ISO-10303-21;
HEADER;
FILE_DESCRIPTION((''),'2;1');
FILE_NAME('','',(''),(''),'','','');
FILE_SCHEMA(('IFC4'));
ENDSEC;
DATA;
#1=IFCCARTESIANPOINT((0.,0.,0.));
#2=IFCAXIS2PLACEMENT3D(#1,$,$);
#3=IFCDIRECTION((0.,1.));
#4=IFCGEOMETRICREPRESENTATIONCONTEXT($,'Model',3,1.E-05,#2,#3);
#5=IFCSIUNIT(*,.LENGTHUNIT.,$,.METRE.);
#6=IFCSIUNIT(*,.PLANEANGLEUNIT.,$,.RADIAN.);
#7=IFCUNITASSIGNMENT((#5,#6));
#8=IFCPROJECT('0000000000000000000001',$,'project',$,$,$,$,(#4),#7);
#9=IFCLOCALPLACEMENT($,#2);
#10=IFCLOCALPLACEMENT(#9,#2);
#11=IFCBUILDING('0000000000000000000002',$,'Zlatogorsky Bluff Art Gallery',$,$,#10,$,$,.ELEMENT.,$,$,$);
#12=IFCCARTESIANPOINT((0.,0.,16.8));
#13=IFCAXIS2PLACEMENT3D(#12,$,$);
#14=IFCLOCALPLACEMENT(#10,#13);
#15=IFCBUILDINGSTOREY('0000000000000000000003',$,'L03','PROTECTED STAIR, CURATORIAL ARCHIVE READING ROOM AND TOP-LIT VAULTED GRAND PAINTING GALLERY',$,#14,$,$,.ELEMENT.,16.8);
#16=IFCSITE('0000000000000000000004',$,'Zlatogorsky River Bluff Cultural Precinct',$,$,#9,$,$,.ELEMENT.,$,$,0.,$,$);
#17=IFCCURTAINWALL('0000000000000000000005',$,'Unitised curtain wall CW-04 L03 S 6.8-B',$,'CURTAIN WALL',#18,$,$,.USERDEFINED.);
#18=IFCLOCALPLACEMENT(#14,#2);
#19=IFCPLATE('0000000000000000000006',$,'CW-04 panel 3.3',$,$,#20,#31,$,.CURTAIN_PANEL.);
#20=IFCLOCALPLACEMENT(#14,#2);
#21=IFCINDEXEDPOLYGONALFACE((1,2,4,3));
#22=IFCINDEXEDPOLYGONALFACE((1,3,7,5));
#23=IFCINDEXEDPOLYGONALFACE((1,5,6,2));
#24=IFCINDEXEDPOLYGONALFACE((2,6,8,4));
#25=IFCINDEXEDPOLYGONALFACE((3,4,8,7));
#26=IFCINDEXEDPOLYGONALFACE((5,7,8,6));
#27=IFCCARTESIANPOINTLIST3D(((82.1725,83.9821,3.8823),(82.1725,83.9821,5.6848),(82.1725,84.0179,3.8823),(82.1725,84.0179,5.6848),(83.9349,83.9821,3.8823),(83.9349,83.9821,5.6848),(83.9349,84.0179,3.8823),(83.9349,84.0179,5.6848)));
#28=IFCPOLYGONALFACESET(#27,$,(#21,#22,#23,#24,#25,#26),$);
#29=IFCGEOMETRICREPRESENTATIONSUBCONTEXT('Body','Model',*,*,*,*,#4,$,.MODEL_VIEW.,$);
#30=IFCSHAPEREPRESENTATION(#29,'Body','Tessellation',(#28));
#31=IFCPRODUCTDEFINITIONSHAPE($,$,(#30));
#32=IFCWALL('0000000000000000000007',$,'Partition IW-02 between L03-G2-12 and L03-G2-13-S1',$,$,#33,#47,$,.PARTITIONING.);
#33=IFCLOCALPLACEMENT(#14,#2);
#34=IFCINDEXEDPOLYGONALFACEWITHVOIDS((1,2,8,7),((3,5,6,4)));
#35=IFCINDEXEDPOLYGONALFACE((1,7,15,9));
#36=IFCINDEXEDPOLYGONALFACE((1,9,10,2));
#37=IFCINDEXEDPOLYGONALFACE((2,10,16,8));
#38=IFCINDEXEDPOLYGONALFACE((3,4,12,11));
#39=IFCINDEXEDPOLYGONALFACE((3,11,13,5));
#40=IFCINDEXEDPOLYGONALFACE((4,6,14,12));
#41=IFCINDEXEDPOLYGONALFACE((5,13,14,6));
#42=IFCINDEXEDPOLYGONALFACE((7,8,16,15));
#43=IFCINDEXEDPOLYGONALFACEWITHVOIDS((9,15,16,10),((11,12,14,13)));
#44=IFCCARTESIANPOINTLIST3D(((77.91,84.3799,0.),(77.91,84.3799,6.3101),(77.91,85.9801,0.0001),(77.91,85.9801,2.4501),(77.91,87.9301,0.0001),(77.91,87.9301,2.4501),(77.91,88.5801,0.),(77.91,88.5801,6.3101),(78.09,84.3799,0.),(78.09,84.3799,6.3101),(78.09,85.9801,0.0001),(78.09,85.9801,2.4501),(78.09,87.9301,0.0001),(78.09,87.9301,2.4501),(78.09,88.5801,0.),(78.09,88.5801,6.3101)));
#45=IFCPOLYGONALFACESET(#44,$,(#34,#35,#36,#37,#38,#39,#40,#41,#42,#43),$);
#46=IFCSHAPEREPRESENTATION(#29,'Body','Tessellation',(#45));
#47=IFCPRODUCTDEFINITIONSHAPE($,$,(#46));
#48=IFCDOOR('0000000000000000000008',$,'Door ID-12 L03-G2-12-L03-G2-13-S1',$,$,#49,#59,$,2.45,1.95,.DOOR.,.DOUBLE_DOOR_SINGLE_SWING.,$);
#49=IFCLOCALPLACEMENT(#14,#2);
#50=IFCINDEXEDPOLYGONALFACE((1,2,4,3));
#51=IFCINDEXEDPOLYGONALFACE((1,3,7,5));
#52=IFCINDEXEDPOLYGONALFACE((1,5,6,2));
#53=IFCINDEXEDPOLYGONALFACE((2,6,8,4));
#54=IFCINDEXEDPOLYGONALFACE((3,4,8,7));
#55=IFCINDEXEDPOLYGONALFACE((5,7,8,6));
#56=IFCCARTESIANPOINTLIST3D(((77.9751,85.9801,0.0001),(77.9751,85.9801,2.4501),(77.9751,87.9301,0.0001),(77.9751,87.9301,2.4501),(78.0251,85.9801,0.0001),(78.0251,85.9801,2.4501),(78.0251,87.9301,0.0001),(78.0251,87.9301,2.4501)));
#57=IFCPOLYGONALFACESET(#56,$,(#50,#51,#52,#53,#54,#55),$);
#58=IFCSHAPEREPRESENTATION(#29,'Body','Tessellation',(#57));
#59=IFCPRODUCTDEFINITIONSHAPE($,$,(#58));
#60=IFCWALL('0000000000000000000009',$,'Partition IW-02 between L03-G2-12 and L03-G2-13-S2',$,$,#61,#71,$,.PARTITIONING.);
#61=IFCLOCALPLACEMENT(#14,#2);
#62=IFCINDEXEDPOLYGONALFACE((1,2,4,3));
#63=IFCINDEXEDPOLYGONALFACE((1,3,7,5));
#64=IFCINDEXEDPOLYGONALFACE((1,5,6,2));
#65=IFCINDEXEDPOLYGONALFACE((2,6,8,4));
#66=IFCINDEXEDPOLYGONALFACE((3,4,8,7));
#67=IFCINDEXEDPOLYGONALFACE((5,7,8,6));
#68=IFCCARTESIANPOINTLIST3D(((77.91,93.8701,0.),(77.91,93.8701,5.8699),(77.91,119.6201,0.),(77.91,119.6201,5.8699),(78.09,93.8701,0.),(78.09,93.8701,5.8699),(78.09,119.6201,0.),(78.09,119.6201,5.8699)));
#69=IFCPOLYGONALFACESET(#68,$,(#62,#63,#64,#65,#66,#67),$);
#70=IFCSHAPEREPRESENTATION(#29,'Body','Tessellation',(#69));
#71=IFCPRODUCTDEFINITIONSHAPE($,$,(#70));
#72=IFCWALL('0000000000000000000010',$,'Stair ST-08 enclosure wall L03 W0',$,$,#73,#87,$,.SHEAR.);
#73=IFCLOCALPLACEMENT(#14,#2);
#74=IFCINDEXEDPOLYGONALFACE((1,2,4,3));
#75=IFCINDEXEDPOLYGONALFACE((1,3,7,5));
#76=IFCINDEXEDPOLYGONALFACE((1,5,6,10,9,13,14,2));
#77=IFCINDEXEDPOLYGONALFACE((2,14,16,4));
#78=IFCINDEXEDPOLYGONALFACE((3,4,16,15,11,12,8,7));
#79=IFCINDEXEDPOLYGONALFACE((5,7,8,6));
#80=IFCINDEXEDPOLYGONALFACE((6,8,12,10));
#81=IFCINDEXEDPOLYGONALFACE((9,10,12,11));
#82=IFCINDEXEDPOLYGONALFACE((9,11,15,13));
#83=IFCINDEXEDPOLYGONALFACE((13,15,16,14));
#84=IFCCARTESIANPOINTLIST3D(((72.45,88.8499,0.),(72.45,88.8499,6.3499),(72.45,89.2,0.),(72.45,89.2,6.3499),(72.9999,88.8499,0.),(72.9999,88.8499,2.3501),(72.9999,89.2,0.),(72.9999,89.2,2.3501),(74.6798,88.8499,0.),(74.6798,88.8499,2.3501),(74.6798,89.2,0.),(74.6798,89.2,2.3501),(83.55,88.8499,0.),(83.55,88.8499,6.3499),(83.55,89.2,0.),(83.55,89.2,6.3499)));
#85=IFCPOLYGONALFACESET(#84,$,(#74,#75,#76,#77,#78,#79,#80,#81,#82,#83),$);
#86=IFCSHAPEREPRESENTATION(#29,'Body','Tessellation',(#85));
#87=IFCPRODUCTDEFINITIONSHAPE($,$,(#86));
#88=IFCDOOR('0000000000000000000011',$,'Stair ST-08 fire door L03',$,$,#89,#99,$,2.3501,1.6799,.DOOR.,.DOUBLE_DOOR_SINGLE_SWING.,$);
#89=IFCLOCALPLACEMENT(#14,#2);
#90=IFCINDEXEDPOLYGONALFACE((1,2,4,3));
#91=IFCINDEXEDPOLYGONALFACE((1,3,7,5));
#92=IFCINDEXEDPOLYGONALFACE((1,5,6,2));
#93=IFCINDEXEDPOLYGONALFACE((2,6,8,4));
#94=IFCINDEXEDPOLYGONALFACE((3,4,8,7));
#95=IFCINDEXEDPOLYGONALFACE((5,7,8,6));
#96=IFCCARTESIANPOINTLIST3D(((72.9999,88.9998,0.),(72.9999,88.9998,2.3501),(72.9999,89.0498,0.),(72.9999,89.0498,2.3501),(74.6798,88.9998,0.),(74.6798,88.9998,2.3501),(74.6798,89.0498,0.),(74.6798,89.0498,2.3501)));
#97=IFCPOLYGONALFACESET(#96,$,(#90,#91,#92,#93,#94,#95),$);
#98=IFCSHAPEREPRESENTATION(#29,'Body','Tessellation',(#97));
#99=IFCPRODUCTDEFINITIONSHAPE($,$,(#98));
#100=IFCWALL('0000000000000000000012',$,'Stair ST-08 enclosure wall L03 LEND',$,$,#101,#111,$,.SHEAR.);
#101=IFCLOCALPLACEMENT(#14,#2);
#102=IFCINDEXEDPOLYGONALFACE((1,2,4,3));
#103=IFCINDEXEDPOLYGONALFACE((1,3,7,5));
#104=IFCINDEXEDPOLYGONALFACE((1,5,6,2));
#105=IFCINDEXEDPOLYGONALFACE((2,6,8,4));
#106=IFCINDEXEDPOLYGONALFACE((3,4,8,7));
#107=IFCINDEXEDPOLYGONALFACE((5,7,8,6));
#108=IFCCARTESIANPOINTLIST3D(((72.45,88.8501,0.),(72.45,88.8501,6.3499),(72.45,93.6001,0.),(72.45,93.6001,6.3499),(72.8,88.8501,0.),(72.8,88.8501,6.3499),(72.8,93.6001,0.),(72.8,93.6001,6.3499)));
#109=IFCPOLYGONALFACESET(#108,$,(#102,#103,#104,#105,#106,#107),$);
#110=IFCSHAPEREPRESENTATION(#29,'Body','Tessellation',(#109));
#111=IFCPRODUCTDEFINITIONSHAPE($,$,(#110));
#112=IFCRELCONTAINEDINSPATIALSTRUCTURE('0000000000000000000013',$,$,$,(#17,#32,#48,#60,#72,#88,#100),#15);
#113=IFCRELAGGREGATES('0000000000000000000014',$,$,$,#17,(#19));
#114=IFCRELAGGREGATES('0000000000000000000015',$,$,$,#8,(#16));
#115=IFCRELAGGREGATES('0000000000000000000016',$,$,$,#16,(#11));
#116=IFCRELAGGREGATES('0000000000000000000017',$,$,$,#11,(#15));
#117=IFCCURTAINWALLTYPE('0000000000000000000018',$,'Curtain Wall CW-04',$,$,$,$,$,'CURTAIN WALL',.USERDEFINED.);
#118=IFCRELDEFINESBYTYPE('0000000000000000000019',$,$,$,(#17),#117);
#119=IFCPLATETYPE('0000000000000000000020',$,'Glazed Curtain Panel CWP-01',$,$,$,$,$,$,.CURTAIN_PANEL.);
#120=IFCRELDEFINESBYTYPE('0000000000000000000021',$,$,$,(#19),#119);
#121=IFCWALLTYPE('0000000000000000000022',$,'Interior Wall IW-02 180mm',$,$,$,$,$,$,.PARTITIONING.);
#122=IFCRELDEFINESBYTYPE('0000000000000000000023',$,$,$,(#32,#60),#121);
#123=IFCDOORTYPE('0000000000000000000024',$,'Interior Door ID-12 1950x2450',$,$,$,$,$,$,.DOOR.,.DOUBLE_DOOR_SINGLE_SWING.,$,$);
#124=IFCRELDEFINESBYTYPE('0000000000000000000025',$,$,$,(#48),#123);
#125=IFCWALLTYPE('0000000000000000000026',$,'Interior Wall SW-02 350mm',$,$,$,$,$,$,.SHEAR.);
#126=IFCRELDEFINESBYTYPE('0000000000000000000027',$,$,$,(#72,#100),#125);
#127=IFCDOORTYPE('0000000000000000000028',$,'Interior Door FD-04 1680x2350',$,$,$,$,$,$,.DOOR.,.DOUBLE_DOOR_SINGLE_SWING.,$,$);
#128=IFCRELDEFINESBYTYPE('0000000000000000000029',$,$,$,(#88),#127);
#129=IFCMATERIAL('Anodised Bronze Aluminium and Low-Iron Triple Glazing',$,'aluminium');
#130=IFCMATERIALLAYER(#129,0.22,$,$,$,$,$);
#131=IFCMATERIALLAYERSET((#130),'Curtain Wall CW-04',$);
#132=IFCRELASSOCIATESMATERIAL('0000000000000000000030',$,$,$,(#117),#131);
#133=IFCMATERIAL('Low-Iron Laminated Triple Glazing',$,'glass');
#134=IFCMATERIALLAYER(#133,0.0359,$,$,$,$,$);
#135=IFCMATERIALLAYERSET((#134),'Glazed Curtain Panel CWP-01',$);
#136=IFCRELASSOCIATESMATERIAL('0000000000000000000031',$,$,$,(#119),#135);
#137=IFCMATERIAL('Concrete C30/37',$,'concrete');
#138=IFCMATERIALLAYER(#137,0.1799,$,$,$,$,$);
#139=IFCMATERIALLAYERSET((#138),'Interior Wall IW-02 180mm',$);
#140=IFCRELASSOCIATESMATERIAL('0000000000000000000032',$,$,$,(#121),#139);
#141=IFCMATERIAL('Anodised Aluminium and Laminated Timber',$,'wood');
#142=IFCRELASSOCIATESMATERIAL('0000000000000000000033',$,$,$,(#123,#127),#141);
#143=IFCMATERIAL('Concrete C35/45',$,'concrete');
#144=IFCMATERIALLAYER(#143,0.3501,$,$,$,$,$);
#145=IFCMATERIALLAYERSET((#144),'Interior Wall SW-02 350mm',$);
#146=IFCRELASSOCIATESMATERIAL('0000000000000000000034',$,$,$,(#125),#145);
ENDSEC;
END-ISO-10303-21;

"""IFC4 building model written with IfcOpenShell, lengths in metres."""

from ifc_helpers import new_model, si_unit, direction, frame, frame_2d, origin, origin_2d, place, context, subcontext, project, spatial, rectangle, extrude, material, layer, layer_set, type_object, element, fill, aggregate, save


model = new_model("IFC4")

# Units and contexts
model_context = context("Model", 3, precision=1e-05, world=origin(), true_north=direction((0.0, 1.0)))
body_context = subcontext(model_context, "Body", "Model", "MODEL_VIEW")
ifc_project = project(units=[si_unit("LENGTHUNIT", "METRE"), si_unit("PLANEANGLEUNIT", "RADIAN")], contexts=[model_context])

# Site, building, storey
site_placement = place(None, origin())
site = spatial("IfcSite", under=ifc_project, at=site_placement, Name="Zlatogorsky River Bluff Cultural Precinct", CompositionType="ELEMENT", RefElevation=0.0)
building_placement = place(site_placement, origin())
building = spatial("IfcBuilding", under=site, at=building_placement, Name="Zlatogorsky Bluff Art Gallery", CompositionType="ELEMENT")
storey_placement = place(building_placement, frame((0.0, 0.0, 16.8)))
storey = spatial("IfcBuildingStorey", under=building, at=storey_placement, Name="L03", Description="PROTECTED STAIR, CURATORIAL ARCHIVE READING ROOM AND TOP-LIT VAULTED GRAND PAINTING GALLERY", CompositionType="ELEMENT", Elevation=16.8)

# Curtain wall, plate
ifc_material_1 = material(Name="Anodised Bronze Aluminium and Low-Iron Triple Glazing", Category="aluminium")
ifc_layer_1 = layer(ifc_material_1, 0.22)
ifc_layer_set_1 = layer_set([ifc_layer_1], Name="Curtain Wall CW-04")
curtain_wall_type = type_object("IfcCurtainWallType", Name="Curtain Wall CW-04", ElementType="CURTAIN WALL", PredefinedType="USERDEFINED", material=ifc_layer_set_1)
curtain_wall_placement = place(storey_placement, origin())
curtain_wall = element("IfcCurtainWall", 1, at=curtain_wall_placement, inside=storey, type_object=curtain_wall_type, Name="Unitised curtain wall CW-04 L03 S 6.8-B", ObjectType="CURTAIN WALL", PredefinedType="USERDEFINED")
ifc_material_2 = material(Name="Low-Iron Laminated Triple Glazing", Category="glass")
ifc_layer_2 = layer(ifc_material_2, 0.0359)
ifc_layer_set_2 = layer_set([ifc_layer_2], Name="Glazed Curtain Panel CWP-01")
plate_type = type_object("IfcPlateType", Name="Glazed Curtain Panel CWP-01", PredefinedType="CURTAIN_PANEL", material=ifc_layer_set_2)
plate_1_placement = place(storey_placement, frame((83.0537, 84.0, 3.8823), z_axis=(0.0, 0.0, 1.0), x_axis=(1.0, 0.0, 0.0)))
plate_1 = element("IfcPlate", 2, at=plate_1_placement, type_object=plate_type, Name="CW-04 panel 3.3", PredefinedType="CURTAIN_PANEL", context=body_context, shape_type="SweptSolid", body=[
    extrude(rectangle(XDim=1.7625, YDim=0.0359, at=origin_2d()), origin(), (0.0, 0.0, 1.0), 1.8025),
])
aggregate(curtain_wall, [plate_1])

# Wall, opening, door
ifc_material_3 = material(Name="Concrete C30/37", Category="concrete")
ifc_layer_3 = layer(ifc_material_3, 0.1799)
ifc_layer_set_3 = layer_set([ifc_layer_3], Name="Interior Wall IW-02 180mm")
wall_type_1 = type_object("IfcWallType", Name="Interior Wall IW-02 180mm", PredefinedType="PARTITIONING", material=ifc_layer_set_3)
wall_1_placement = place(storey_placement, frame((78.0, 84.3799, 0.0), z_axis=(0.0, 0.0, 1.0), x_axis=(0.0, 1.0, 0.0)))
wall_1 = element("IfcWall", 3, at=wall_1_placement, inside=storey, type_object=wall_type_1, Name="Partition IW-02 between L03-G2-12 and L03-G2-13-S1", PredefinedType="PARTITIONING", context=body_context, shape_type="SweptSolid", body=[
    extrude(rectangle(XDim=4.2002, YDim=0.1799, at=frame_2d((2.1001, 0.0))), origin(), (0.0, 0.0, 1.0), 6.3101),
])
opening_1_placement = place(wall_1_placement, frame((1.6001, 0.0, 0.0)))
opening_1 = element("IfcOpeningElement", 4, at=opening_1_placement, cuts=wall_1, PredefinedType="OPENING", context=body_context, shape_type="SweptSolid", body=[
    extrude(rectangle(XDim=1.95, YDim=2.45, at=frame_2d((0.9751, 1.2251))), frame((0.0, 0.0999, 0.0), z_axis=(0.0, -1.0, 0.0), x_axis=(1.0, 0.0, 0.0)), (0.0, 0.0, 1.0), 0.2),
])
ifc_material_4 = material(Name="Anodised Aluminium and Laminated Timber", Category="wood")
door_type_1 = type_object("IfcDoorType", Name="Interior Door ID-12 1950x2450", OperationType="DOUBLE_DOOR_SINGLE_SWING", PredefinedType="DOOR", material=ifc_material_4)
door_1_placement = place(opening_1_placement, origin())
door_1 = element("IfcDoor", 5, at=door_1_placement, inside=storey, type_object=door_type_1, Name="Door ID-12 L03-G2-12-L03-G2-13-S1", OperationType="DOUBLE_DOOR_SINGLE_SWING", OverallHeight=2.45, OverallWidth=1.95, PredefinedType="DOOR", context=body_context, shape_type="SweptSolid", body=[
    extrude(rectangle(XDim=1.95, YDim=2.45, at=frame_2d((0.9751, 1.2251))), frame((0.0, 0.0249, 0.0), z_axis=(0.0, -1.0, 0.0), x_axis=(1.0, 0.0, 0.0)), (0.0, 0.0, 1.0), 0.05),
])
fill(opening_1, door_1)

# Wall
wall_2_placement = place(storey_placement, frame((78.0, 93.8701, 0.0), z_axis=(0.0, 0.0, 1.0), x_axis=(0.0, 1.0, 0.0)))
element("IfcWall", 6, at=wall_2_placement, inside=storey, type_object=wall_type_1, Name="Partition IW-02 between L03-G2-12 and L03-G2-13-S2", PredefinedType="PARTITIONING", context=body_context, shape_type="SweptSolid", body=[
    extrude(rectangle(XDim=25.75, YDim=0.1799, at=frame_2d((12.875, 0.0))), origin(), (0.0, 0.0, 1.0), 5.8699),
])

# Wall, opening, door
ifc_material_5 = material(Name="Concrete C35/45", Category="concrete")
ifc_layer_4 = layer(ifc_material_5, 0.3501)
ifc_layer_set_4 = layer_set([ifc_layer_4], Name="Interior Wall SW-02 350mm")
wall_type_2 = type_object("IfcWallType", Name="Interior Wall SW-02 350mm", PredefinedType="SHEAR", material=ifc_layer_set_4)
wall_3_placement = place(storey_placement, frame((72.45, 89.0249, 0.0), z_axis=(0.0, 0.0, 1.0), x_axis=(1.0, 0.0, 0.0)))
wall_3 = element("IfcWall", 7, at=wall_3_placement, inside=storey, type_object=wall_type_2, Name="Stair ST-08 enclosure wall L03 W0", PredefinedType="SHEAR", context=body_context, shape_type="SweptSolid", body=[
    extrude(rectangle(XDim=11.1001, YDim=0.3501, at=frame_2d((5.55, 0.0))), origin(), (0.0, 0.0, 1.0), 6.3499),
])
opening_2_placement = place(wall_3_placement, frame((0.55, 0.0, 0.0)))
opening_2 = element("IfcOpeningElement", 8, at=opening_2_placement, cuts=wall_3, PredefinedType="OPENING", context=body_context, shape_type="SweptSolid", body=[
    extrude(rectangle(XDim=1.6799, YDim=2.3501, at=frame_2d((0.8398, 1.175))), frame((0.0, 0.1851, 0.0), z_axis=(0.0, -1.0, 0.0), x_axis=(1.0, 0.0, 0.0)), (0.0, 0.0, 1.0), 0.3701),
])
door_type_2 = type_object("IfcDoorType", Name="Interior Door FD-04 1680x2350", OperationType="DOUBLE_DOOR_SINGLE_SWING", PredefinedType="DOOR", material=ifc_material_4)
door_2_placement = place(opening_2_placement, origin())
door_2 = element("IfcDoor", 9, at=door_2_placement, inside=storey, type_object=door_type_2, Name="Stair ST-08 fire door L03", OperationType="DOUBLE_DOOR_SINGLE_SWING", OverallHeight=2.3501, OverallWidth=1.6799, PredefinedType="DOOR", context=body_context, shape_type="SweptSolid", body=[
    extrude(rectangle(XDim=1.6799, YDim=2.3501, at=frame_2d((0.8398, 1.175))), frame((0.0, 0.0249, 0.0), z_axis=(0.0, -1.0, 0.0), x_axis=(1.0, 0.0, 0.0)), (0.0, 0.0, 1.0), 0.05),
])
fill(opening_2, door_2)

# Wall
wall_4_placement = place(storey_placement, frame((72.625, 93.6001, 0.0), z_axis=(0.0, 0.0, 1.0), x_axis=(0.0, -1.0, 0.0)))
element("IfcWall", 10, at=wall_4_placement, inside=storey, type_object=wall_type_2, Name="Stair ST-08 enclosure wall L03 LEND", PredefinedType="SHEAR", context=body_context, shape_type="SweptSolid", body=[
    extrude(rectangle(XDim=4.75, YDim=0.3501, at=frame_2d((2.375, 0.0))), origin(), (0.0, 0.0, 1.0), 6.3499),
])

save(model, "model.ifc")
